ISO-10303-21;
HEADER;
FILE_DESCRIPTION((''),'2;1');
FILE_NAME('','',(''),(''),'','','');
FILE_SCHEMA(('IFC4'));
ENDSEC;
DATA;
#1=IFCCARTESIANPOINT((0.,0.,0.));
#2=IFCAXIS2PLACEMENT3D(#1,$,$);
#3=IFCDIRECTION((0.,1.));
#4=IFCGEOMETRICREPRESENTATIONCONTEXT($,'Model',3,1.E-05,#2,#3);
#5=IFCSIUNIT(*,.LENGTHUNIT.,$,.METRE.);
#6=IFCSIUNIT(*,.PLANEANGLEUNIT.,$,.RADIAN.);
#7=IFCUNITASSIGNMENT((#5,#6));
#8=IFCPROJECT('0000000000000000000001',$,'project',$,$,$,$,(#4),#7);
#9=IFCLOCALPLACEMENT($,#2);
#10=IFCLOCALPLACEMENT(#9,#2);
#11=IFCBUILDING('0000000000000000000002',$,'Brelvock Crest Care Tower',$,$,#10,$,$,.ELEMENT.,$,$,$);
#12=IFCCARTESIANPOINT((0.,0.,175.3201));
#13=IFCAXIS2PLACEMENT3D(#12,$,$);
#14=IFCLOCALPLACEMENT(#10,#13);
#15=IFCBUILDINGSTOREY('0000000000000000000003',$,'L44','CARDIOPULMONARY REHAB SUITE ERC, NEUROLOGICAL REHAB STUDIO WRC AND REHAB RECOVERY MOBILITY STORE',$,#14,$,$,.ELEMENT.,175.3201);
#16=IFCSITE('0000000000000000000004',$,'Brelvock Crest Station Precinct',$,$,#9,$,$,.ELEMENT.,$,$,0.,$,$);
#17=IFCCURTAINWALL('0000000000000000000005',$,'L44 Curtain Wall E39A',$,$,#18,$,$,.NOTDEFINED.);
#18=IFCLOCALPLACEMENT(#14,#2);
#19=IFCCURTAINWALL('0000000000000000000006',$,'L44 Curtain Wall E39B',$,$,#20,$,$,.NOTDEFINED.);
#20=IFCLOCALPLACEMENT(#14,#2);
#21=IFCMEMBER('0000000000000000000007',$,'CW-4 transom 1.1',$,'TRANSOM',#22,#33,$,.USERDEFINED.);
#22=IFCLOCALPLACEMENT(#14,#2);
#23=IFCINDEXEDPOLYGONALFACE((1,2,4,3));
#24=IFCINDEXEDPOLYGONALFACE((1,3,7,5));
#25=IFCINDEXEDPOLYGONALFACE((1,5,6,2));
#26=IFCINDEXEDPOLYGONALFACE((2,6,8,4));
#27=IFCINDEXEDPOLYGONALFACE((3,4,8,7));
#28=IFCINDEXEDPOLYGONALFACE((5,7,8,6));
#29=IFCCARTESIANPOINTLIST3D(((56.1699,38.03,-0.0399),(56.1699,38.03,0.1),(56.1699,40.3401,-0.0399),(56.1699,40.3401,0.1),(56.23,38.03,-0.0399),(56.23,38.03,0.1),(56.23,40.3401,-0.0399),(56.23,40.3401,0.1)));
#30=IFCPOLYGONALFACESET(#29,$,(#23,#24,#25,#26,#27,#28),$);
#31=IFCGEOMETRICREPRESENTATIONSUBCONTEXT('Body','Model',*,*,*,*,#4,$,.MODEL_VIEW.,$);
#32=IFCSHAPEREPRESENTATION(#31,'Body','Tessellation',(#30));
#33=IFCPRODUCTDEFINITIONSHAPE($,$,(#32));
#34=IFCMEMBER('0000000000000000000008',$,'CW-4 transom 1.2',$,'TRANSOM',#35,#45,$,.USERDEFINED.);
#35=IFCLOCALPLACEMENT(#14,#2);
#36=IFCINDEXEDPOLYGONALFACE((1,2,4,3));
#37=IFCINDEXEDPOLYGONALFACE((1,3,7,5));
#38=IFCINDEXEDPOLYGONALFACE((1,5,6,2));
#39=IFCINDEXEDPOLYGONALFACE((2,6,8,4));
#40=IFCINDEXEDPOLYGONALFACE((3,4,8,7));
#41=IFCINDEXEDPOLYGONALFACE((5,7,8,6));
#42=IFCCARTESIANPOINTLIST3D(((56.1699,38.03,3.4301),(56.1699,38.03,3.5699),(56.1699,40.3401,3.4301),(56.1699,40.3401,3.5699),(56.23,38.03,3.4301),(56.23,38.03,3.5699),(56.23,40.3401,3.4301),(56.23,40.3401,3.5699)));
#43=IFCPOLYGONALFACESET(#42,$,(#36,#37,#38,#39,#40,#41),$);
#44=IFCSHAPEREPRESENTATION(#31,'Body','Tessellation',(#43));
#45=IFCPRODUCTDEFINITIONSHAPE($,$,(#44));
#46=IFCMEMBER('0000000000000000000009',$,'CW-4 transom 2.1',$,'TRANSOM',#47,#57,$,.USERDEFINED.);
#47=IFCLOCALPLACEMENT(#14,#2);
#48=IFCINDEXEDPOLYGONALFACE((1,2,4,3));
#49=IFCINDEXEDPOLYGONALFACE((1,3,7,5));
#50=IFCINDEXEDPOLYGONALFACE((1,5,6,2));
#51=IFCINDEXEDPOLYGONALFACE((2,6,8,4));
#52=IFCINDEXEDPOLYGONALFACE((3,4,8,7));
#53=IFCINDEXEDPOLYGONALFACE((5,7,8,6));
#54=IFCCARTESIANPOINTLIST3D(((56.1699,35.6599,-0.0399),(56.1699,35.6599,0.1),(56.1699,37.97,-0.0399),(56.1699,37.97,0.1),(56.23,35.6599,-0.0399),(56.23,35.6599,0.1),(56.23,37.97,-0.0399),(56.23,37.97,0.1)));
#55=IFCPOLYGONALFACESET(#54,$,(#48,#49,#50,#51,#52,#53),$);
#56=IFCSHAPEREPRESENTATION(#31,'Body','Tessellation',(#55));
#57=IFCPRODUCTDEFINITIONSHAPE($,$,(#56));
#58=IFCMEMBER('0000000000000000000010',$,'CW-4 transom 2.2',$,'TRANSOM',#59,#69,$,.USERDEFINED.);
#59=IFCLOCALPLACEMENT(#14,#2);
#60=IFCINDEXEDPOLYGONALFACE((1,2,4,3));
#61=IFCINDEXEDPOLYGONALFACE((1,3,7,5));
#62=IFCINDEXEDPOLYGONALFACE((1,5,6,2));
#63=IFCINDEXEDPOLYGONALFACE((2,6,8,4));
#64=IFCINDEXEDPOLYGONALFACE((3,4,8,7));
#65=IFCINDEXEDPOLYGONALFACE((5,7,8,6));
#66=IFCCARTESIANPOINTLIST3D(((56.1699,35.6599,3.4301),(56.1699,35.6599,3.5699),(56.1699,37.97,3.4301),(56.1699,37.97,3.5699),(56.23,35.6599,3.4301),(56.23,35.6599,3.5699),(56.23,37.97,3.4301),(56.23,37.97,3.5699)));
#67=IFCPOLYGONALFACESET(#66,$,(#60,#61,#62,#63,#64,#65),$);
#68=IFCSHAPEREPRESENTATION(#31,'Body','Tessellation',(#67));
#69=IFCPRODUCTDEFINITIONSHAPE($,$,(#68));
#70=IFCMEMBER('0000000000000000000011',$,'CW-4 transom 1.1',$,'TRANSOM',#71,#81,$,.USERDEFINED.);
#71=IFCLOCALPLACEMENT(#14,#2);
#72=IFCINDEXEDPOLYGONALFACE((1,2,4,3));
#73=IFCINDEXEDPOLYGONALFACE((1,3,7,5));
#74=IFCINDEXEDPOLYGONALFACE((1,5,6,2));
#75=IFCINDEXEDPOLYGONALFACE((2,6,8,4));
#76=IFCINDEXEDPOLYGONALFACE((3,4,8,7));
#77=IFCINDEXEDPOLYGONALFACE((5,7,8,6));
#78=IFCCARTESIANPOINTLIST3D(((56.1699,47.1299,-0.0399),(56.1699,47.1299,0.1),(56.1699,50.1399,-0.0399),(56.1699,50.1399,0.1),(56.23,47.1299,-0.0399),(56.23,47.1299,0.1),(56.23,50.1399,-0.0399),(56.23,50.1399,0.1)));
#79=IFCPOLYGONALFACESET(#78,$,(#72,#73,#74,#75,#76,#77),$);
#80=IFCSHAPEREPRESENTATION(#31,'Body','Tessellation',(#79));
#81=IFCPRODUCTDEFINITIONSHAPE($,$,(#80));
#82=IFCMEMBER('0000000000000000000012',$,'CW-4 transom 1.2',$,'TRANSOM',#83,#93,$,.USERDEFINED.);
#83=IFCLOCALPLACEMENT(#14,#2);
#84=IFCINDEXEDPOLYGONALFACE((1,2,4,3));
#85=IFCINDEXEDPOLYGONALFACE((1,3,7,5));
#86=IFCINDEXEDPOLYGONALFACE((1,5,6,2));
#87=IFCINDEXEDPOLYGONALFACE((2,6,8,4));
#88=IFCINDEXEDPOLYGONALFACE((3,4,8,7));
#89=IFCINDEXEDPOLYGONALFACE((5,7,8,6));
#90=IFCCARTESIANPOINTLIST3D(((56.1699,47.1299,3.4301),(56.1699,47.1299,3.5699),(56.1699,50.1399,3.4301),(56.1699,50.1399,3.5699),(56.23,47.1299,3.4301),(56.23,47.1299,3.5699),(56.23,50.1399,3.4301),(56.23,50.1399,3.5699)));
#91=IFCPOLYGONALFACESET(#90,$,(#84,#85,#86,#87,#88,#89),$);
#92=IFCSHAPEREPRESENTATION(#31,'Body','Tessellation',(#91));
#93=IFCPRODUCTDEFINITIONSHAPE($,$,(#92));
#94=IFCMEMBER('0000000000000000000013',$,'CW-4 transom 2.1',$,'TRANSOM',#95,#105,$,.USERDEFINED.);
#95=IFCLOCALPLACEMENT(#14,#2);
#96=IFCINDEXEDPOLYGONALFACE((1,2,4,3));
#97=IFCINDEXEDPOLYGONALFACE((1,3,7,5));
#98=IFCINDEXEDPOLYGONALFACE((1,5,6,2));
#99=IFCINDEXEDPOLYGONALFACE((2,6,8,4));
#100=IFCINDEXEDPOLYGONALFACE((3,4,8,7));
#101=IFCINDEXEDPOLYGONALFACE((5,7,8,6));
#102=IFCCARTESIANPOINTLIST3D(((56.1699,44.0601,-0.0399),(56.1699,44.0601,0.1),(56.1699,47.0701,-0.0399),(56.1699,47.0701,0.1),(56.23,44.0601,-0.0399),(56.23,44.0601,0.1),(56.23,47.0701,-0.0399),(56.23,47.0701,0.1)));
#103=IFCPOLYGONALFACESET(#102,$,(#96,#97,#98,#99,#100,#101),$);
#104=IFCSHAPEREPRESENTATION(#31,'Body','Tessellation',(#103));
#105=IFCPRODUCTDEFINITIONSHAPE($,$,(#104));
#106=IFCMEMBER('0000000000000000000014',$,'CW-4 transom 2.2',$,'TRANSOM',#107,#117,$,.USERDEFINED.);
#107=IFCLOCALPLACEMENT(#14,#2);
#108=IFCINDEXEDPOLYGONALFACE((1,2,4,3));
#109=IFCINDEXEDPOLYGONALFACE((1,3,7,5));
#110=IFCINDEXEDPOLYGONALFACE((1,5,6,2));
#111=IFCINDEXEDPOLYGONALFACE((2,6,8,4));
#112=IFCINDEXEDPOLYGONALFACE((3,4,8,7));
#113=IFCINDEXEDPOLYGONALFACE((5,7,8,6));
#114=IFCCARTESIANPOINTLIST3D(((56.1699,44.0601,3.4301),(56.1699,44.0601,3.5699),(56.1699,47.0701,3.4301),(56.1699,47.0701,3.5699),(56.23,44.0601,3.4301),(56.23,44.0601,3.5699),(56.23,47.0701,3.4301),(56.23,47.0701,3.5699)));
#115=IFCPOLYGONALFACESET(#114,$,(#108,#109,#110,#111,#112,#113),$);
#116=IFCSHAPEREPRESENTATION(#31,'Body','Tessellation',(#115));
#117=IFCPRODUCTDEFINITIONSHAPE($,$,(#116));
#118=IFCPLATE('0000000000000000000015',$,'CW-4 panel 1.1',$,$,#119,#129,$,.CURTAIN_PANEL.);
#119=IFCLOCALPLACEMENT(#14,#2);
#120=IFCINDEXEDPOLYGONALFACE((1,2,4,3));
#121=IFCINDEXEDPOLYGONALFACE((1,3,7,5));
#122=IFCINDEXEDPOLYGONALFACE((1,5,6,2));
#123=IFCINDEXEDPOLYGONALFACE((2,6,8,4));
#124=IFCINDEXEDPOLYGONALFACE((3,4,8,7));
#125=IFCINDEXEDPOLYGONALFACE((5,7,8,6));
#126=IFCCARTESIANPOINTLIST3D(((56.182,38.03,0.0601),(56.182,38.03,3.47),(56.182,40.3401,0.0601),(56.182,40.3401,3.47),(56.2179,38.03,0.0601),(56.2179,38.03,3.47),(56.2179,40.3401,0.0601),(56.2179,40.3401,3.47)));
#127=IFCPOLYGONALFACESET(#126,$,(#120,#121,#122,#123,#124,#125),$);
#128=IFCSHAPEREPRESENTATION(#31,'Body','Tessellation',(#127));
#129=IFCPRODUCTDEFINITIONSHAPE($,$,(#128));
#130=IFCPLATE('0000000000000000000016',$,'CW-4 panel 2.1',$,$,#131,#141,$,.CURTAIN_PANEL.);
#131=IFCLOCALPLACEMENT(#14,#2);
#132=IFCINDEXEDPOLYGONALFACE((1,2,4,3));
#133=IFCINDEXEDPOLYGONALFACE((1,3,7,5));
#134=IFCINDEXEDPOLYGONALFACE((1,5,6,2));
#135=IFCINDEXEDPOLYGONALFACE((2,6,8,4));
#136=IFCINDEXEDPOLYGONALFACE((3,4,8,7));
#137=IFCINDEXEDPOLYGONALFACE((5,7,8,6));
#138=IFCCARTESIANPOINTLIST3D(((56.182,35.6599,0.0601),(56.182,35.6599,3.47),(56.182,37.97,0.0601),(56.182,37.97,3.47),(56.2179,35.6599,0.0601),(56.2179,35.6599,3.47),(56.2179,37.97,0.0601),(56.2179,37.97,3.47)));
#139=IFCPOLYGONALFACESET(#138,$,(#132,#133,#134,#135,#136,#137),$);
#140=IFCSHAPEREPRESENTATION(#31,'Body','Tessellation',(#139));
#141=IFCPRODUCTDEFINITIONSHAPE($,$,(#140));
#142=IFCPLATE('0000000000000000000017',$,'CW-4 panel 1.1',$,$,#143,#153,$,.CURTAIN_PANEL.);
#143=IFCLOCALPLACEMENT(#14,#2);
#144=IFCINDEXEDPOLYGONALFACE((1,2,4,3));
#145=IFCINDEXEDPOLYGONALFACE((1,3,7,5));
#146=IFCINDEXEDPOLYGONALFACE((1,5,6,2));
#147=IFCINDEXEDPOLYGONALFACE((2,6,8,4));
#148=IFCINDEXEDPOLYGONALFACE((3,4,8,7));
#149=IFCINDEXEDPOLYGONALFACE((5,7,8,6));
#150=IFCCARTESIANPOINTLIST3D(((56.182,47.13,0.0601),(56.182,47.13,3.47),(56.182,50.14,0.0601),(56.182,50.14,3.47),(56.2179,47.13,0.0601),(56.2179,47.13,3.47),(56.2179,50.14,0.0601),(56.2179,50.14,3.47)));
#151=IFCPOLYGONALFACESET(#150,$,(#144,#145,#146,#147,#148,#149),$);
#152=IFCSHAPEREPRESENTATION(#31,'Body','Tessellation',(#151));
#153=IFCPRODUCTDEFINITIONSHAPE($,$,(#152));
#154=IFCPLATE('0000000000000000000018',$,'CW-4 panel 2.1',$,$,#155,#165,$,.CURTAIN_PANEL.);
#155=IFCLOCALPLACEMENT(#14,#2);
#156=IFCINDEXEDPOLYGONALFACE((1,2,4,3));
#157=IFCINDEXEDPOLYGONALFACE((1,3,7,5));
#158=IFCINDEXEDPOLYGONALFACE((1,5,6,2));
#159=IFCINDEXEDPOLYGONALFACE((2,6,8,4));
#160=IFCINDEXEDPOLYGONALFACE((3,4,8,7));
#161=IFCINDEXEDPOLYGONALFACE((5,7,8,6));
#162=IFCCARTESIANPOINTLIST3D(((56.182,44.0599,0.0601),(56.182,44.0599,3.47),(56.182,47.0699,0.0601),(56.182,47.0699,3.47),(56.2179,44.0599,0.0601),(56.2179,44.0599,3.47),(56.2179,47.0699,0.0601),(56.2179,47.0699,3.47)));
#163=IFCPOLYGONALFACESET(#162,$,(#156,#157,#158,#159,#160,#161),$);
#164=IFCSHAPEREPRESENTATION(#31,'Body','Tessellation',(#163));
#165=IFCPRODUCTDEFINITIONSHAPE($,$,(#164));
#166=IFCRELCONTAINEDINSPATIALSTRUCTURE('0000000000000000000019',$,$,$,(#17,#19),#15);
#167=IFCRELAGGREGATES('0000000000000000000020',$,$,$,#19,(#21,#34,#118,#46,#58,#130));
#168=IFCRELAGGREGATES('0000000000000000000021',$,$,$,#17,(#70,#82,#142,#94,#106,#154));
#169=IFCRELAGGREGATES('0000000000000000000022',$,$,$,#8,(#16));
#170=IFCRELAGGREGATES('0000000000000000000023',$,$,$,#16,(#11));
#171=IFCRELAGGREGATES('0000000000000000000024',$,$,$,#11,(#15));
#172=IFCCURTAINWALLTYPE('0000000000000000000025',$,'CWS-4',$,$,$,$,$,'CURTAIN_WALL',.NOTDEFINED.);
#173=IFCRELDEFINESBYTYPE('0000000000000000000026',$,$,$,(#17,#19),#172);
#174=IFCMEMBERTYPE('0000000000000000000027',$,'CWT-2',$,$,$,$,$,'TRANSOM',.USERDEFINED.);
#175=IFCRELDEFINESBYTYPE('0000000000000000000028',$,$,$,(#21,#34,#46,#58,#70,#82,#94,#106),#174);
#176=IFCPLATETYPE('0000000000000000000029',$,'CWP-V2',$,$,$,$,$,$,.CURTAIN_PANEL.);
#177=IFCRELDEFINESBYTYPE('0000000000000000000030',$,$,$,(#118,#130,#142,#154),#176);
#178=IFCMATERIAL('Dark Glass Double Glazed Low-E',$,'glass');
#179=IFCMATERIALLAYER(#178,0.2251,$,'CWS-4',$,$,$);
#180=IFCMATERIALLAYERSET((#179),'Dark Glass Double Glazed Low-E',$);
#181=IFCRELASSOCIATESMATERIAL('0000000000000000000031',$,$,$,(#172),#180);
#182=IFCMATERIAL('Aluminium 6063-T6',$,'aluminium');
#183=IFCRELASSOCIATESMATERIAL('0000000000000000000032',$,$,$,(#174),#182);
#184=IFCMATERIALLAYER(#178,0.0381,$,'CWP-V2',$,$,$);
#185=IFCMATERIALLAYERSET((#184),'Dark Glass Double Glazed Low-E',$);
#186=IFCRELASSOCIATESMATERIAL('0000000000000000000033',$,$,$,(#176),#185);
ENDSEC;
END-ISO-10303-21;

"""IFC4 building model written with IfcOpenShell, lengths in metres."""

from ifc_helpers import new_model, si_unit, direction, frame, origin, origin_2d, place, context, subcontext, project, spatial, rectangle, extrude, source, transform, mapped, material, layer, layer_set, material_profile, profile_set, type_object, element, aggregate, save


model = new_model("IFC4")

# Units and contexts
model_context = context("Model", 3, precision=1e-05, world=origin(), true_north=direction((0.0, 1.0)))
body_context = subcontext(model_context, "Body", "Model", "MODEL_VIEW")
ifc_project = project(units=[si_unit("LENGTHUNIT", "METRE"), si_unit("PLANEANGLEUNIT", "RADIAN")], contexts=[model_context])

# Site, building, storey
site_placement = place(None, origin())
site = spatial("IfcSite", under=ifc_project, at=site_placement, Name="Brelvock Crest Station Precinct", CompositionType="ELEMENT", RefElevation=0.0)
building_placement = place(site_placement, origin())
building = spatial("IfcBuilding", under=site, at=building_placement, Name="Brelvock Crest Care Tower", CompositionType="ELEMENT")
storey_placement = place(building_placement, frame((0.0, 0.0, 175.3201)))
storey = spatial("IfcBuildingStorey", under=building, at=storey_placement, Name="L44", Description="CARDIOPULMONARY REHAB SUITE ERC, NEUROLOGICAL REHAB STUDIO WRC AND REHAB RECOVERY MOBILITY STORE", CompositionType="ELEMENT", Elevation=175.3201)

# Curtain walls, members
ifc_material_1 = material(Name="Dark Glass Double Glazed Low-E", Category="glass")
ifc_layer_1 = layer(ifc_material_1, 0.2251, Name="CWS-4")
ifc_layer_set_1 = layer_set([ifc_layer_1], Name="Dark Glass Double Glazed Low-E")
curtain_wall_type = type_object("IfcCurtainWallType", Name="CWS-4", ElementType="CURTAIN_WALL", PredefinedType="NOTDEFINED", material=ifc_layer_set_1)
curtain_wall_1_placement = place(storey_placement, origin())
curtain_wall_1 = element("IfcCurtainWall", 1, at=curtain_wall_1_placement, inside=storey, type_object=curtain_wall_type, Name="L44 Curtain Wall E39A", PredefinedType="NOTDEFINED")
ifc_material_2 = material(Name="Aluminium 6063-T6", Category="aluminium")
curtain_wall_2_placement = place(storey_placement, origin())
curtain_wall_2 = element("IfcCurtainWall", 2, at=curtain_wall_2_placement, inside=storey, type_object=curtain_wall_type, Name="L44 Curtain Wall E39B", PredefinedType="NOTDEFINED")
ifc_material_profile_1 = material_profile(ifc_material_2, rectangle(XDim=0.0601, YDim=0.1399, at=origin_2d()), Name="ALU60x140")
ifc_profile_set_1 = profile_set([ifc_material_profile_1], Name="Aluminium 6063-T6")
member_type_1 = type_object("IfcMemberType", Name="CWT-2", ElementType="TRANSOM", PredefinedType="USERDEFINED", material=ifc_profile_set_1)
shared_shape_1 = source(origin(), body_context, "Body", "SweptSolid", [
    extrude(rectangle(XDim=0.0601, YDim=0.1399, at=origin_2d()), origin(), (0.0, 0.0, 1.0), 2.3101),
])
member_1_placement = place(storey_placement, frame((56.2, 40.3401, 0.03), z_axis=(0.0, -1.0, 0.0), x_axis=(1.0, 0.0, 0.0)))
member_1 = element("IfcMember", 3, at=member_1_placement, type_object=member_type_1, Name="CW-4 transom 1.1", ObjectType="TRANSOM", PredefinedType="USERDEFINED", context=body_context, shape_type="MappedRepresentation", body=[
    mapped(shared_shape_1, transform((0.0, 0.0, 0.0), x_axis=(1.0, 0.0, 0.0), y_axis=(0.0, 1.0, 0.0), z_axis=(0.0, 0.0, 1.0), scale=1.0)),
])
member_2_placement = place(storey_placement, frame((56.2, 40.3401, 3.5), z_axis=(0.0, -1.0, 0.0), x_axis=(1.0, 0.0, 0.0)))
member_2 = element("IfcMember", 4, at=member_2_placement, type_object=member_type_1, Name="CW-4 transom 1.2", ObjectType="TRANSOM", PredefinedType="USERDEFINED", context=body_context, shape_type="MappedRepresentation", body=[
    mapped(shared_shape_1, transform((0.0, 0.0, 0.0), x_axis=(1.0, 0.0, 0.0), y_axis=(0.0, 1.0, 0.0), z_axis=(0.0, 0.0, 1.0), scale=1.0)),
])
member_3_placement = place(storey_placement, frame((56.2, 37.97, 0.03), z_axis=(0.0, -1.0, 0.0), x_axis=(1.0, 0.0, 0.0)))
member_3 = element("IfcMember", 5, at=member_3_placement, type_object=member_type_1, Name="CW-4 transom 2.1", ObjectType="TRANSOM", PredefinedType="USERDEFINED", context=body_context, shape_type="MappedRepresentation", body=[
    mapped(shared_shape_1, transform((0.0, 0.0, 0.0), x_axis=(1.0, 0.0, 0.0), y_axis=(0.0, 1.0, 0.0), z_axis=(0.0, 0.0, 1.0), scale=1.0)),
])
member_4_placement = place(storey_placement, frame((56.2, 37.97, 3.5), z_axis=(0.0, -1.0, 0.0), x_axis=(1.0, 0.0, 0.0)))
member_4 = element("IfcMember", 6, at=member_4_placement, type_object=member_type_1, Name="CW-4 transom 2.2", ObjectType="TRANSOM", PredefinedType="USERDEFINED", context=body_context, shape_type="MappedRepresentation", body=[
    mapped(shared_shape_1, transform((0.0, 0.0, 0.0), x_axis=(1.0, 0.0, 0.0), y_axis=(0.0, 1.0, 0.0), z_axis=(0.0, 0.0, 1.0), scale=1.0)),
])

# Members
shared_shape_2 = source(origin(), body_context, "Body", "SweptSolid", [
    extrude(rectangle(XDim=0.0601, YDim=0.1399, at=origin_2d()), origin(), (0.0, 0.0, 1.0), 3.01),
])
member_5_placement = place(storey_placement, frame((56.2, 50.1399, 0.03), z_axis=(0.0, -1.0, 0.0), x_axis=(1.0, 0.0, 0.0)))
member_5 = element("IfcMember", 7, at=member_5_placement, type_object=member_type_1, Name="CW-4 transom 1.1", ObjectType="TRANSOM", PredefinedType="USERDEFINED", context=body_context, shape_type="MappedRepresentation", body=[
    mapped(shared_shape_2, transform((0.0, 0.0, 0.0), x_axis=(1.0, 0.0, 0.0), y_axis=(0.0, 1.0, 0.0), z_axis=(0.0, 0.0, 1.0), scale=1.0)),
])
member_6_placement = place(storey_placement, frame((56.2, 50.1399, 3.5), z_axis=(0.0, -1.0, 0.0), x_axis=(1.0, 0.0, 0.0)))
member_6 = element("IfcMember", 8, at=member_6_placement, type_object=member_type_1, Name="CW-4 transom 1.2", ObjectType="TRANSOM", PredefinedType="USERDEFINED", context=body_context, shape_type="MappedRepresentation", body=[
    mapped(shared_shape_2, transform((0.0, 0.0, 0.0), x_axis=(1.0, 0.0, 0.0), y_axis=(0.0, 1.0, 0.0), z_axis=(0.0, 0.0, 1.0), scale=1.0)),
])
member_7_placement = place(storey_placement, frame((56.2, 47.0701, 0.03), z_axis=(0.0, -1.0, 0.0), x_axis=(1.0, 0.0, 0.0)))
member_7 = element("IfcMember", 9, at=member_7_placement, type_object=member_type_1, Name="CW-4 transom 2.1", ObjectType="TRANSOM", PredefinedType="USERDEFINED", context=body_context, shape_type="MappedRepresentation", body=[
    mapped(shared_shape_2, transform((0.0, 0.0, 0.0), x_axis=(1.0, 0.0, 0.0), y_axis=(0.0, 1.0, 0.0), z_axis=(0.0, 0.0, 1.0), scale=1.0)),
])
member_8_placement = place(storey_placement, frame((56.2, 47.0701, 3.5), z_axis=(0.0, -1.0, 0.0), x_axis=(1.0, 0.0, 0.0)))
member_8 = element("IfcMember", 10, at=member_8_placement, type_object=member_type_1, Name="CW-4 transom 2.2", ObjectType="TRANSOM", PredefinedType="USERDEFINED", context=body_context, shape_type="MappedRepresentation", body=[
    mapped(shared_shape_2, transform((0.0, 0.0, 0.0), x_axis=(1.0, 0.0, 0.0), y_axis=(0.0, 1.0, 0.0), z_axis=(0.0, 0.0, 1.0), scale=1.0)),
])

# Plates
ifc_layer_2 = layer(ifc_material_1, 0.0381, Name="CWP-V2")
ifc_layer_set_2 = layer_set([ifc_layer_2], Name="Dark Glass Double Glazed Low-E")
plate_type = type_object("IfcPlateType", Name="CWP-V2", PredefinedType="CURTAIN_PANEL", material=ifc_layer_set_2)
shared_shape_3 = source(origin(), body_context, "Body", "SweptSolid", [
    extrude(rectangle(XDim=2.3101, YDim=0.0359, at=origin_2d()), origin(), (0.0, 0.0, 1.0), 3.4099),
])
plate_1_placement = place(storey_placement, frame((56.2, 39.1851, 0.0601), z_axis=(0.0, 0.0, 1.0), x_axis=(0.0, -1.0, 0.0)))
plate_1 = element("IfcPlate", 11, at=plate_1_placement, type_object=plate_type, Name="CW-4 panel 1.1", PredefinedType="CURTAIN_PANEL", context=body_context, shape_type="MappedRepresentation", body=[
    mapped(shared_shape_3, transform((0.0, 0.0, 0.0), x_axis=(1.0, 0.0, 0.0), y_axis=(0.0, 1.0, 0.0), z_axis=(0.0, 0.0, 1.0), scale=1.0)),
])
plate_2_placement = place(storey_placement, frame((56.2, 36.8149, 0.0601), z_axis=(0.0, 0.0, 1.0), x_axis=(0.0, -1.0, 0.0)))
plate_2 = element("IfcPlate", 12, at=plate_2_placement, type_object=plate_type, Name="CW-4 panel 2.1", PredefinedType="CURTAIN_PANEL", context=body_context, shape_type="MappedRepresentation", body=[
    mapped(shared_shape_3, transform((0.0, 0.0, 0.0), x_axis=(1.0, 0.0, 0.0), y_axis=(0.0, 1.0, 0.0), z_axis=(0.0, 0.0, 1.0), scale=1.0)),
])
aggregate(curtain_wall_2, [member_1, member_2, plate_1, member_3, member_4, plate_2])
shared_shape_4 = source(origin(), body_context, "Body", "SweptSolid", [
    extrude(rectangle(XDim=3.01, YDim=0.0359, at=origin_2d()), origin(), (0.0, 0.0, 1.0), 3.4099),
])
plate_3_placement = place(storey_placement, frame((56.2, 48.635, 0.0601), z_axis=(0.0, 0.0, 1.0), x_axis=(0.0, -1.0, 0.0)))
plate_3 = element("IfcPlate", 13, at=plate_3_placement, type_object=plate_type, Name="CW-4 panel 1.1", PredefinedType="CURTAIN_PANEL", context=body_context, shape_type="MappedRepresentation", body=[
    mapped(shared_shape_4, transform((0.0, 0.0, 0.0), x_axis=(1.0, 0.0, 0.0), y_axis=(0.0, 1.0, 0.0), z_axis=(0.0, 0.0, 1.0), scale=1.0)),
])
plate_4_placement = place(storey_placement, frame((56.2, 45.5649, 0.0601), z_axis=(0.0, 0.0, 1.0), x_axis=(0.0, -1.0, 0.0)))
plate_4 = element("IfcPlate", 14, at=plate_4_placement, type_object=plate_type, Name="CW-4 panel 2.1", PredefinedType="CURTAIN_PANEL", context=body_context, shape_type="MappedRepresentation", body=[
    mapped(shared_shape_4, transform((0.0, 0.0, 0.0), x_axis=(1.0, 0.0, 0.0), y_axis=(0.0, 1.0, 0.0), z_axis=(0.0, 0.0, 1.0), scale=1.0)),
])
aggregate(curtain_wall_1, [member_5, member_6, plate_3, member_7, member_8, plate_4])

save(model, "model.ifc")
